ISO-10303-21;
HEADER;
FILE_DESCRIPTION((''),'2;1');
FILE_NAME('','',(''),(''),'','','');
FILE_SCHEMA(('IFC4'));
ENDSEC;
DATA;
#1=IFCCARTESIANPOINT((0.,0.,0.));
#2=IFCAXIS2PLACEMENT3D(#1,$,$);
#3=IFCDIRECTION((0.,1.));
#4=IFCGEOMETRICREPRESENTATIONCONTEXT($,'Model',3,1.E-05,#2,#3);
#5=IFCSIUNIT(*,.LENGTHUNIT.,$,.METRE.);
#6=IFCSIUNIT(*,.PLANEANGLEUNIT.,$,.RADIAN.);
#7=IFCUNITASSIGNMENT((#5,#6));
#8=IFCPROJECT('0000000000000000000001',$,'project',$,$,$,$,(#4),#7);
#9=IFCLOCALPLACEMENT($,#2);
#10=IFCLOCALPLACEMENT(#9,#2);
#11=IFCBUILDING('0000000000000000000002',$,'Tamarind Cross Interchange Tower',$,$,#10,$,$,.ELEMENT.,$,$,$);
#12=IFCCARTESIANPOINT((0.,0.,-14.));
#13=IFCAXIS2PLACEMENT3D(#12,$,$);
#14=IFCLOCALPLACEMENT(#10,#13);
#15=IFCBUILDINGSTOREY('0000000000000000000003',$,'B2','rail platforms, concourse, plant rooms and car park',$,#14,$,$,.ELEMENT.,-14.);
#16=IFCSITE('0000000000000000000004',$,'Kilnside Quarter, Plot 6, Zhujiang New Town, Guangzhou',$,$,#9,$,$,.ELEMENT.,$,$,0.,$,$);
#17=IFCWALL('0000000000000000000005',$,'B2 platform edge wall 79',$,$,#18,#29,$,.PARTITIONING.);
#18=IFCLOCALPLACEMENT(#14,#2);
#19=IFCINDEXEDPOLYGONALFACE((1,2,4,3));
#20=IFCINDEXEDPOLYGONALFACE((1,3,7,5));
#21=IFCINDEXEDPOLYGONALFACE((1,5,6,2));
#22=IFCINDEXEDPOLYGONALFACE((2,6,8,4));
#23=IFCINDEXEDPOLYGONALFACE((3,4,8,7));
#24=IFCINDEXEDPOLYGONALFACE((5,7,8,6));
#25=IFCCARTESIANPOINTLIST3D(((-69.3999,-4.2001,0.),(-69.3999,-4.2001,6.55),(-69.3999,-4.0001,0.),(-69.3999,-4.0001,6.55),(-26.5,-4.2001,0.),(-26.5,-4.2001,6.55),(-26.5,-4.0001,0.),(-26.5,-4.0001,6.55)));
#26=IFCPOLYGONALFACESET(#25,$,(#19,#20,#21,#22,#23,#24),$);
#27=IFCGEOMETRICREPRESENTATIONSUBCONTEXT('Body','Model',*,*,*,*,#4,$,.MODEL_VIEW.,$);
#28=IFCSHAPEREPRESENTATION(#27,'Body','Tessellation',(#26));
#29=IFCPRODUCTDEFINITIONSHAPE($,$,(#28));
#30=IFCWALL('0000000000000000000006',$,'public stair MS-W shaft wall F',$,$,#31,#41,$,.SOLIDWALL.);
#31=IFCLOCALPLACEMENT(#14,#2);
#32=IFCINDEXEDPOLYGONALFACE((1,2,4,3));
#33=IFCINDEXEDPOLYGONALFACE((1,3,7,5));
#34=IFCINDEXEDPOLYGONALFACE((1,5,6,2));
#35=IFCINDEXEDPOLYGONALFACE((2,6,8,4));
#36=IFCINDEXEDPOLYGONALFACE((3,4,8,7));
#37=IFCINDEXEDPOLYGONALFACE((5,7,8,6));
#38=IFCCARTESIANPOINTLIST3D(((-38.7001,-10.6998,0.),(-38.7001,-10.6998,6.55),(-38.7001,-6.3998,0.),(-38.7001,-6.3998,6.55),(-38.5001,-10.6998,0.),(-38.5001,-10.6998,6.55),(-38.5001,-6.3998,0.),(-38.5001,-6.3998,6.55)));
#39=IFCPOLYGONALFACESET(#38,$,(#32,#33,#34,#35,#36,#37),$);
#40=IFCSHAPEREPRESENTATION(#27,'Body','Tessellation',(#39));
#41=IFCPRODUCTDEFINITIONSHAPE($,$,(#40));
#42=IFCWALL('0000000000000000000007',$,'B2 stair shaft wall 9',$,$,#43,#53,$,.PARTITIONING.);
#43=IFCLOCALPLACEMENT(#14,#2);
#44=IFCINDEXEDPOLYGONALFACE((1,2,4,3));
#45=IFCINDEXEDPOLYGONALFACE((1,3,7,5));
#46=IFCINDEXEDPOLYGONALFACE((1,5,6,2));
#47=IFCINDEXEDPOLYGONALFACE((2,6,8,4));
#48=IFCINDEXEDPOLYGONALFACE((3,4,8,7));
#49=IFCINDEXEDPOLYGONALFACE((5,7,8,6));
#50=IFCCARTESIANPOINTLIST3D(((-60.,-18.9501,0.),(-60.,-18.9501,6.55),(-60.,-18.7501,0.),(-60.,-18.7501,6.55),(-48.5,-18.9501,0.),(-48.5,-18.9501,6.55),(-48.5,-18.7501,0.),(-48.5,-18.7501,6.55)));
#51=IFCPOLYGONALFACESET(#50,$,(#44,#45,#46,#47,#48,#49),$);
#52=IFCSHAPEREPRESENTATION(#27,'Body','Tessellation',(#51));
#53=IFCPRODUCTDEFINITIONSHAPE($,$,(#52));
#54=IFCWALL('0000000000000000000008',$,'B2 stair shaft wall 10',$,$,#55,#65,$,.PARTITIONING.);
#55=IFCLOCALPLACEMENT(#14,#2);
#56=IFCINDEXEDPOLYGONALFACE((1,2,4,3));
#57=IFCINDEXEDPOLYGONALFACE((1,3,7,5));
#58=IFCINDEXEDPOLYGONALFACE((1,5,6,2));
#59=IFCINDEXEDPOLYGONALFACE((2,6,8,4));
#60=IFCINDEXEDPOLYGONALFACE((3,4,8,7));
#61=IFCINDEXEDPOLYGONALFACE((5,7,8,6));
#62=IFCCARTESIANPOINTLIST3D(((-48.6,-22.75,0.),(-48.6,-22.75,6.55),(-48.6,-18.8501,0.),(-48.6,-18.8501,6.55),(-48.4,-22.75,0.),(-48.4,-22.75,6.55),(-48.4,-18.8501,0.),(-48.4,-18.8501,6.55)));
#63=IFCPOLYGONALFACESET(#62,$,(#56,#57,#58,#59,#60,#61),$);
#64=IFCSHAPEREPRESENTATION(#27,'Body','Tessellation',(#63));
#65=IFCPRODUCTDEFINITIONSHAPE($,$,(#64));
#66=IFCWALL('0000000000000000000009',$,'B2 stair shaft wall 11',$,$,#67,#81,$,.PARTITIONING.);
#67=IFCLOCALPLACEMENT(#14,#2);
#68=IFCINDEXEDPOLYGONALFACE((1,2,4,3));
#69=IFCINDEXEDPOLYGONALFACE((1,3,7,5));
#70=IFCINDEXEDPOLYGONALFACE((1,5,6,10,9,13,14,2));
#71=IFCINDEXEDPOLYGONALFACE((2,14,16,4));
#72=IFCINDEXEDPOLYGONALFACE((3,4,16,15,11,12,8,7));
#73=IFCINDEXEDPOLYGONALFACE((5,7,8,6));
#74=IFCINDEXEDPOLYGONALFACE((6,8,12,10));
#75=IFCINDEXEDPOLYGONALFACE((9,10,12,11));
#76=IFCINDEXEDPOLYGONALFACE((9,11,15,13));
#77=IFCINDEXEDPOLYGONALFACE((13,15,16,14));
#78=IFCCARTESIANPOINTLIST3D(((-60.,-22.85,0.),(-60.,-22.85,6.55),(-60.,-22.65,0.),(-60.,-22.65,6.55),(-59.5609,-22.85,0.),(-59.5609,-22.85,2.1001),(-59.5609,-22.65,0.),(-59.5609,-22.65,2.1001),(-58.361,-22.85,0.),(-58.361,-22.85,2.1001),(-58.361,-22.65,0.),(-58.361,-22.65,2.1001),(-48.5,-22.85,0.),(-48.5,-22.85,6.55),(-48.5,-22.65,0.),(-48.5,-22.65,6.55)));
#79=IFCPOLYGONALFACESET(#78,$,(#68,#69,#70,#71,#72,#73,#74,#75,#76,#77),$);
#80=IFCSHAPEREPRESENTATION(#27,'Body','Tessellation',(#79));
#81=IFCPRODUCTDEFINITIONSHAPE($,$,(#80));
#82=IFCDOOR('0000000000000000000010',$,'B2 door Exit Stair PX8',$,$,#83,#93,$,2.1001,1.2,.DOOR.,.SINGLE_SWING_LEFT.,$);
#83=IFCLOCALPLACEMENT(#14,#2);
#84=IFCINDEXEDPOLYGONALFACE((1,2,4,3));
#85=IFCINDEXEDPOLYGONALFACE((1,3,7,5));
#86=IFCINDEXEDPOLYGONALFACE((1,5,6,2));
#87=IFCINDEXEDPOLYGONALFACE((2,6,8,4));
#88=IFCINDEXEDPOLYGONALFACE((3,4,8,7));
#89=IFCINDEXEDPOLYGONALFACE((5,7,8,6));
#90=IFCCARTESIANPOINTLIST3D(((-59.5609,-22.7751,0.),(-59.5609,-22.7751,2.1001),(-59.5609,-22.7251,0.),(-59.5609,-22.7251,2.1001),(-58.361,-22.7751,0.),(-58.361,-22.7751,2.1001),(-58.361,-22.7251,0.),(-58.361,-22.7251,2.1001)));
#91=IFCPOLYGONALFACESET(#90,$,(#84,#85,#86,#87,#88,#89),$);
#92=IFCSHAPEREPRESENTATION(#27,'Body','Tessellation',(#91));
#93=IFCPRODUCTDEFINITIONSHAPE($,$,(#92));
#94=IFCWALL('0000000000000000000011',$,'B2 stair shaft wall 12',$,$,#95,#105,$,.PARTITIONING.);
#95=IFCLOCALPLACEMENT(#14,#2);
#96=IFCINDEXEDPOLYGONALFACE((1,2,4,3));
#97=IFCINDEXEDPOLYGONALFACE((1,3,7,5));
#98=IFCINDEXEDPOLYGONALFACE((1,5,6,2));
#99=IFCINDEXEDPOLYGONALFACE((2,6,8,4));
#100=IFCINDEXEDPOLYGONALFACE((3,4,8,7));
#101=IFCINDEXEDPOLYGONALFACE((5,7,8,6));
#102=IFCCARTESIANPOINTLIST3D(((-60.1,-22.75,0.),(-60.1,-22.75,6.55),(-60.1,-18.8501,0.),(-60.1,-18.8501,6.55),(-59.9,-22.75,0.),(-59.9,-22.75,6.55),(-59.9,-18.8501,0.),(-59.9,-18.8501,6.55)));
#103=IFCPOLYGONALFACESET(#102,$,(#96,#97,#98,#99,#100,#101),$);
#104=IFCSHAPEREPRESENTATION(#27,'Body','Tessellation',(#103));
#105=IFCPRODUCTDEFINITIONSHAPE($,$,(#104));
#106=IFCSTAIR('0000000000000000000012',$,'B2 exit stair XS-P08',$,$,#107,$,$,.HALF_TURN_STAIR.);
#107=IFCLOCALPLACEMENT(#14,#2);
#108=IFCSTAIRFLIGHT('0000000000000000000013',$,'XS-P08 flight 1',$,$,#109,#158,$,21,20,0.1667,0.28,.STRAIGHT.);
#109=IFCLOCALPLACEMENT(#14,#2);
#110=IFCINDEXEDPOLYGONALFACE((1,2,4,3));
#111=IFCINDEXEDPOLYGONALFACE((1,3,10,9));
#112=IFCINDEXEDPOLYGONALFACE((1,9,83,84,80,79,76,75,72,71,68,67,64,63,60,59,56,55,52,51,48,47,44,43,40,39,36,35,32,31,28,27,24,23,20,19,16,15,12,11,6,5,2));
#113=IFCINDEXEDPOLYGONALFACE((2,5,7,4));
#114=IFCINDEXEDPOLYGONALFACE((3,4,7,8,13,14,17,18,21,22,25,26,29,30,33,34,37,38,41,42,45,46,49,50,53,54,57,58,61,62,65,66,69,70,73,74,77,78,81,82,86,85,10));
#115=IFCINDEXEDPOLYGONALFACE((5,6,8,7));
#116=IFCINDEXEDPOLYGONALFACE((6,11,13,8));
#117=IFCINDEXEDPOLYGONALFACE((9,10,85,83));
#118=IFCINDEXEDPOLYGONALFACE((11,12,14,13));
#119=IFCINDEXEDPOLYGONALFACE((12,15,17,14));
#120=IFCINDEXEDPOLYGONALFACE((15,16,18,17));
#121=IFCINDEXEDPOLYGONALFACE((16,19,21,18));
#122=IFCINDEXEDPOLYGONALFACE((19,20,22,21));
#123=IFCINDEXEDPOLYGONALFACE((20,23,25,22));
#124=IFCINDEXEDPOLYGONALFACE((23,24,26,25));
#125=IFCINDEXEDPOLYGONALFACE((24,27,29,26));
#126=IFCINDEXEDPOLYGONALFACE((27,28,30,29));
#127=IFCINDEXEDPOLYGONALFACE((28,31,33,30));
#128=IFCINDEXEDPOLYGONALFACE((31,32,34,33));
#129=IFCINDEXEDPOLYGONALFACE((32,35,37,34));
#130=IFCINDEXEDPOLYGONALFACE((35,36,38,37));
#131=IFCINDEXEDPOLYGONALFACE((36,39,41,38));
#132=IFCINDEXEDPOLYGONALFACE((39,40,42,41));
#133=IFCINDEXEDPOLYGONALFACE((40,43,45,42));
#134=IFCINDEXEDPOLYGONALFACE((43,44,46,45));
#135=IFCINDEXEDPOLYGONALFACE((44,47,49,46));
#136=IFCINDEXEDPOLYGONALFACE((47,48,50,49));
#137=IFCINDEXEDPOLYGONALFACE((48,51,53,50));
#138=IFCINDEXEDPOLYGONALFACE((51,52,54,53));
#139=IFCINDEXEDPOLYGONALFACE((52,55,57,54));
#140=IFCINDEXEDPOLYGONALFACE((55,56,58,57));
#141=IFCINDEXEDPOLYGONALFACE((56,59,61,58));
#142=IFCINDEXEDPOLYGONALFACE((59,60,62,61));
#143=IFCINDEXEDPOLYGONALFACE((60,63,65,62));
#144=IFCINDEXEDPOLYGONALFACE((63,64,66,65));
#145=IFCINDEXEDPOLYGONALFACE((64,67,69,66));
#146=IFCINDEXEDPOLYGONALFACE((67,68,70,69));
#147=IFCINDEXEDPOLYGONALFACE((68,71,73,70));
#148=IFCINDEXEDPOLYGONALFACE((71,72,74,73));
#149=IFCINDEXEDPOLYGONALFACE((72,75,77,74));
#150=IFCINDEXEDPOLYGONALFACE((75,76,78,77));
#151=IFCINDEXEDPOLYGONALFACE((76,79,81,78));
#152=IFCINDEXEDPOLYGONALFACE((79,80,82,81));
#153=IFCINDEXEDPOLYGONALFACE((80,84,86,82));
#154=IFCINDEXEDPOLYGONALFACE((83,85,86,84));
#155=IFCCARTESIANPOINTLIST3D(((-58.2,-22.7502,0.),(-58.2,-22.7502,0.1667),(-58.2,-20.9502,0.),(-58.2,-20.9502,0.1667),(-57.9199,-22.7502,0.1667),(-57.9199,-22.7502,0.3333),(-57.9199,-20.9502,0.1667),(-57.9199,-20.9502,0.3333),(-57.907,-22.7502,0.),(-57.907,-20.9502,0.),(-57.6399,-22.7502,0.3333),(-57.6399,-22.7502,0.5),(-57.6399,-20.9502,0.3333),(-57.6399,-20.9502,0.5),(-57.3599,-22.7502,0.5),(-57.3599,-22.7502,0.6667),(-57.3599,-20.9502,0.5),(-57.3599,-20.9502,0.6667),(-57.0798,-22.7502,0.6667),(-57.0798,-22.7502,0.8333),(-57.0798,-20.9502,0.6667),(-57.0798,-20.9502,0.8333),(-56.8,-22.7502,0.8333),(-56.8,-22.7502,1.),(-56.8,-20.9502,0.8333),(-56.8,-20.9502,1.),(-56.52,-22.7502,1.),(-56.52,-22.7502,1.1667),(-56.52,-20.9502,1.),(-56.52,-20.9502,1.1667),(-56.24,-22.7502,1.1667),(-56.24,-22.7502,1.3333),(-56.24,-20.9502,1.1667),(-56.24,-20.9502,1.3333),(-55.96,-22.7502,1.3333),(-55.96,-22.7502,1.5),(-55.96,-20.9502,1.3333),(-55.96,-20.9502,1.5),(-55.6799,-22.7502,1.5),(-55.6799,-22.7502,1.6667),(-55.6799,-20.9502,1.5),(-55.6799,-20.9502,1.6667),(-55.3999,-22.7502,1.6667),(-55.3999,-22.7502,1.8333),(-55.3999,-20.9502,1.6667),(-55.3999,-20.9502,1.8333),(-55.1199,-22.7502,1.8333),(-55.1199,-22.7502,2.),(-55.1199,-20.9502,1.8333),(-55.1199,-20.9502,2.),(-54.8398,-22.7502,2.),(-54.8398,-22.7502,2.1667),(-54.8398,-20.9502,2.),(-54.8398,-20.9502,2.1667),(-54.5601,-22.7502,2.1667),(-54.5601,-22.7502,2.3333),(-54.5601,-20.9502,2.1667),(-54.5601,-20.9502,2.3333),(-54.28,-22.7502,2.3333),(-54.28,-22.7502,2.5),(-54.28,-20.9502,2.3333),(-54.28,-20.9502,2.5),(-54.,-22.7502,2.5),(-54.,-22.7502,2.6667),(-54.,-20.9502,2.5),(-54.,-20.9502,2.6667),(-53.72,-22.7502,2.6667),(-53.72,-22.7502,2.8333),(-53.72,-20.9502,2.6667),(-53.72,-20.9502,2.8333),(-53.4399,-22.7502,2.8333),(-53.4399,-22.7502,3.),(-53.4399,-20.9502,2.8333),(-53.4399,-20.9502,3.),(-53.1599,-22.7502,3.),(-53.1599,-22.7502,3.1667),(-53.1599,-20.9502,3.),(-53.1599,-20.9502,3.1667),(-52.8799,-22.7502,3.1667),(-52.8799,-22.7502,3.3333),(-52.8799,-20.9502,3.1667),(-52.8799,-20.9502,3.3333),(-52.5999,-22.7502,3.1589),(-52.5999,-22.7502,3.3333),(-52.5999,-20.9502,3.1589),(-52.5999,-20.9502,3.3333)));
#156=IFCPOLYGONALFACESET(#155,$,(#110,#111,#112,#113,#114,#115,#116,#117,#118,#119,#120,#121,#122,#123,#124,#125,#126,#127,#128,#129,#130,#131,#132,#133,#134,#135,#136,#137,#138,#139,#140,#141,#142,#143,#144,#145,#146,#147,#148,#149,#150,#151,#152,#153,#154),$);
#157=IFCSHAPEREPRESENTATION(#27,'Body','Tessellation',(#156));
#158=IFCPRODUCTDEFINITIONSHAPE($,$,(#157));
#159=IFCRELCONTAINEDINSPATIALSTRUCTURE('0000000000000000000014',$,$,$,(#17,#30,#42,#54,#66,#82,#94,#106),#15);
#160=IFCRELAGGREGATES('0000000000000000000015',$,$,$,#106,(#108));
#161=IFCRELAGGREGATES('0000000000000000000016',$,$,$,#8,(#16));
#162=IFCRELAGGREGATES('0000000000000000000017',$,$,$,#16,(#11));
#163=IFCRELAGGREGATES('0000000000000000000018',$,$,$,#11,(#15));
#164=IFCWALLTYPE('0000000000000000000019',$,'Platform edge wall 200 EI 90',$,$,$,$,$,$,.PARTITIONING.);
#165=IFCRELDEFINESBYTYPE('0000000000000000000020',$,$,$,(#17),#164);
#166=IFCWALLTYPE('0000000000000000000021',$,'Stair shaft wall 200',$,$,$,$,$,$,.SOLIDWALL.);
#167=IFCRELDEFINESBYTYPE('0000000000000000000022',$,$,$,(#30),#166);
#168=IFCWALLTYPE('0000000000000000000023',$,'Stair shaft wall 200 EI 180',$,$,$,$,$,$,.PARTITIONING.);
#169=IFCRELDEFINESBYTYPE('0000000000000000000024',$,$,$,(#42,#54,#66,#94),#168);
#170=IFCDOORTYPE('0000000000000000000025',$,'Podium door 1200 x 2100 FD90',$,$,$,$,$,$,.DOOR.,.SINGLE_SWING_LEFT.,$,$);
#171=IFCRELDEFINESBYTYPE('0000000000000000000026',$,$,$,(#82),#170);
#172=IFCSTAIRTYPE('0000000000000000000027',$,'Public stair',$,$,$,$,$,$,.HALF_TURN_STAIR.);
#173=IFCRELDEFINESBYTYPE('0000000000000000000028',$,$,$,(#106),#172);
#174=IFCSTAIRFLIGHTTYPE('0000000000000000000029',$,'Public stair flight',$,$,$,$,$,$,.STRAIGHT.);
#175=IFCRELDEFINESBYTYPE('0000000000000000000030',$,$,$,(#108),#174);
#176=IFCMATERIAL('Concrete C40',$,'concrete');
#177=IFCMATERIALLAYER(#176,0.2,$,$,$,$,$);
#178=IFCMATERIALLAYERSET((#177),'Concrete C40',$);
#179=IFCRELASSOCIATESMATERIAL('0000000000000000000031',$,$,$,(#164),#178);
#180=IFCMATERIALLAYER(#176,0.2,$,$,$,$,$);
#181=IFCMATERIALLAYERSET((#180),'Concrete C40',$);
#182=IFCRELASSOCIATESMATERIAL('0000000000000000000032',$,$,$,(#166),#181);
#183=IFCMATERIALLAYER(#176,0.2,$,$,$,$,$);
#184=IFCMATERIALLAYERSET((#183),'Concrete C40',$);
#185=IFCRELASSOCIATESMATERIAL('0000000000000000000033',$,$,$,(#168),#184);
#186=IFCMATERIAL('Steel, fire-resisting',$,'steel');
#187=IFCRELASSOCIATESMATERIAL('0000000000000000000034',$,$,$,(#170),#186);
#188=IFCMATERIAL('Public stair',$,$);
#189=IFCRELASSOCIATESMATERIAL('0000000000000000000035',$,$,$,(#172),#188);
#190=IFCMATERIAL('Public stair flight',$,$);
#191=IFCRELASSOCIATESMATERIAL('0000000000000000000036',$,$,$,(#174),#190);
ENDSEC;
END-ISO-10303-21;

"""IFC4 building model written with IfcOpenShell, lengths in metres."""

from ifc_helpers import new_model, si_unit, direction, frame, frame_2d, origin, place, context, subcontext, project, spatial, polyline, rectangle, outline, extrude, material, layer, layer_set, type_object, element, fill, aggregate, save


model = new_model("IFC4")

# Units and contexts
model_context = context("Model", 3, precision=1e-05, world=origin(), true_north=direction((0.0, 1.0)))
body_context = subcontext(model_context, "Body", "Model", "MODEL_VIEW")
ifc_project = project(units=[si_unit("LENGTHUNIT", "METRE"), si_unit("PLANEANGLEUNIT", "RADIAN")], contexts=[model_context])

# Site, building, storey
site_placement = place(None, origin())
site = spatial("IfcSite", under=ifc_project, at=site_placement, Name="Kilnside Quarter, Plot 6, Zhujiang New Town, Guangzhou", CompositionType="ELEMENT", RefElevation=0.0)
building_placement = place(site_placement, origin())
building = spatial("IfcBuilding", under=site, at=building_placement, Name="Tamarind Cross Interchange Tower", CompositionType="ELEMENT")
storey_placement = place(building_placement, frame((0.0, 0.0, -14.0)))
storey = spatial("IfcBuildingStorey", under=building, at=storey_placement, Name="B2", Description="rail platforms, concourse, plant rooms and car park", CompositionType="ELEMENT", Elevation=-14.0)

# Shared definitions
ifc_material_1 = material(Name="Steel, fire-resisting", Category="steel")

# Walls
ifc_material_2 = material(Name="Concrete C40", Category="concrete")
ifc_layer_1 = layer(ifc_material_2, 0.2)
ifc_layer_set_1 = layer_set([ifc_layer_1], Name="Concrete C40")
wall_type_1 = type_object("IfcWallType", Name="Platform edge wall 200 EI 90", PredefinedType="PARTITIONING", material=ifc_layer_set_1)
wall_1_placement = place(storey_placement, frame((-69.3999, -4.1001, 0.0), z_axis=(0.0, 0.0, 1.0), x_axis=(1.0, 0.0, 0.0)))
element("IfcWall", 1, at=wall_1_placement, inside=storey, type_object=wall_type_1, Name="B2 platform edge wall 79", PredefinedType="PARTITIONING", context=body_context, shape_type="SweptSolid", body=[
    extrude(rectangle(XDim=42.8999, YDim=0.2, at=frame_2d((21.45, 0.0))), origin(), (0.0, 0.0, 1.0), 6.55),
])
ifc_layer_2 = layer(ifc_material_2, 0.2)
ifc_layer_set_2 = layer_set([ifc_layer_2], Name="Concrete C40")
wall_type_2 = type_object("IfcWallType", Name="Stair shaft wall 200", PredefinedType="SOLIDWALL", material=ifc_layer_set_2)
wall_2_placement = place(storey_placement, frame((-38.6001, -6.3999, 0.0), z_axis=(0.0, 0.0, 1.0), x_axis=(0.0, -1.0, 0.0)))
element("IfcWall", 2, at=wall_2_placement, inside=storey, type_object=wall_type_2, Name="public stair MS-W shaft wall F", PredefinedType="SOLIDWALL", context=body_context, shape_type="SweptSolid", body=[
    extrude(rectangle(XDim=4.3, YDim=0.2, at=frame_2d((2.1499, 0.0))), origin(), (0.0, 0.0, 1.0), 6.55),
])
ifc_layer_3 = layer(ifc_material_2, 0.2)
ifc_layer_set_3 = layer_set([ifc_layer_3], Name="Concrete C40")
wall_type_3 = type_object("IfcWallType", Name="Stair shaft wall 200 EI 180", PredefinedType="PARTITIONING", material=ifc_layer_set_3)
wall_3_placement = place(storey_placement, frame((-60.0, -18.8501, 0.0), z_axis=(0.0, 0.0, 1.0), x_axis=(1.0, 0.0, 0.0)))
element("IfcWall", 3, at=wall_3_placement, inside=storey, type_object=wall_type_3, Name="B2 stair shaft wall 9", PredefinedType="PARTITIONING", context=body_context, shape_type="SweptSolid", body=[
    extrude(rectangle(XDim=11.5, YDim=0.2, at=frame_2d((5.75, 0.0))), origin(), (0.0, 0.0, 1.0), 6.55),
])
wall_4_placement = place(storey_placement, frame((-48.5, -22.75, 0.0), z_axis=(0.0, 0.0, 1.0), x_axis=(0.0, 1.0, 0.0)))
element("IfcWall", 4, at=wall_4_placement, inside=storey, type_object=wall_type_3, Name="B2 stair shaft wall 10", PredefinedType="PARTITIONING", context=body_context, shape_type="SweptSolid", body=[
    extrude(rectangle(XDim=3.8999, YDim=0.2, at=frame_2d((1.95, 0.0))), origin(), (0.0, 0.0, 1.0), 6.55),
])

# Wall, opening, door
wall_5_placement = place(storey_placement, frame((-60.0, -22.75, 0.0), z_axis=(0.0, 0.0, 1.0), x_axis=(1.0, 0.0, 0.0)))
wall_5 = element("IfcWall", 5, at=wall_5_placement, inside=storey, type_object=wall_type_3, Name="B2 stair shaft wall 11", PredefinedType="PARTITIONING", context=body_context, shape_type="SweptSolid", body=[
    extrude(rectangle(XDim=11.5, YDim=0.2, at=frame_2d((5.75, 0.0))), origin(), (0.0, 0.0, 1.0), 6.55),
])
opening_1_placement = place(wall_5_placement, frame((0.439, 0.0, 0.0)))
opening_1 = element("IfcOpeningElement", 6, at=opening_1_placement, cuts=wall_5, PredefinedType="OPENING", context=body_context, shape_type="SweptSolid", body=[
    extrude(rectangle(XDim=1.2, YDim=2.1001, at=frame_2d((0.6001, 1.05))), frame((0.0, 0.1099, 0.0), z_axis=(0.0, -1.0, 0.0), x_axis=(1.0, 0.0, 0.0)), (0.0, 0.0, 1.0), 0.22),
])
door_type_1 = type_object("IfcDoorType", Name="Podium door 1200 x 2100 FD90", OperationType="SINGLE_SWING_LEFT", PredefinedType="DOOR", material=ifc_material_1)
door_1_placement = place(opening_1_placement, origin())
door_1 = element("IfcDoor", 7, at=door_1_placement, inside=storey, type_object=door_type_1, Name="B2 door Exit Stair PX8", OperationType="SINGLE_SWING_LEFT", OverallHeight=2.1001, OverallWidth=1.2, PredefinedType="DOOR", context=body_context, shape_type="SweptSolid", body=[
    extrude(rectangle(XDim=1.2, YDim=2.1001, at=frame_2d((0.6001, 1.05))), frame((0.0, 0.0249, 0.0), z_axis=(0.0, -1.0, 0.0), x_axis=(1.0, 0.0, 0.0)), (0.0, 0.0, 1.0), 0.05),
])
fill(opening_1, door_1)

# Wall
wall_6_placement = place(storey_placement, frame((-60.0, -22.75, 0.0), z_axis=(0.0, 0.0, 1.0), x_axis=(0.0, 1.0, 0.0)))
element("IfcWall", 8, at=wall_6_placement, inside=storey, type_object=wall_type_3, Name="B2 stair shaft wall 12", PredefinedType="PARTITIONING", context=body_context, shape_type="SweptSolid", body=[
    extrude(rectangle(XDim=3.8999, YDim=0.2, at=frame_2d((1.95, 0.0))), origin(), (0.0, 0.0, 1.0), 6.55),
])

# Stair, stair flight
ifc_material_3 = material(Name="Public stair")
stair_type = type_object("IfcStairType", Name="Public stair", PredefinedType="HALF_TURN_STAIR", material=ifc_material_3)
stair_placement = place(storey_placement, origin())
stair = element("IfcStair", 9, at=stair_placement, inside=storey, type_object=stair_type, Name="B2 exit stair XS-P08", PredefinedType="HALF_TURN_STAIR")
ifc_material_4 = material(Name="Public stair flight")
stair_flight_type = type_object("IfcStairFlightType", Name="Public stair flight", PredefinedType="STRAIGHT", material=ifc_material_4)
stair_flight_1_placement = place(storey_placement, frame((-58.2, -21.8501, 0.0), z_axis=(0.0, 0.0, 1.0), x_axis=(1.0, 0.0, 0.0)))
stair_flight_1 = element("IfcStairFlight", 10, at=stair_flight_1_placement, type_object=stair_flight_type, Name="XS-P08 flight 1", NumberOfRisers=21, NumberOfTreads=20, PredefinedType="STRAIGHT", RiserHeight=0.1667, TreadLength=0.28, context=body_context, shape_type="SweptSolid", body=[
    extrude(outline(polyline([(0.0, 0.0), (0.0, 0.1667), (0.28, 0.1667), (0.28, 0.3333), (0.5601, 0.3333), (0.5601, 0.5), (0.8401, 0.5), (0.8401, 0.6667), (1.1201, 0.6667), (1.1201, 0.8333), (1.3999, 0.8333), (1.3999, 1.0), (1.6799, 1.0), (1.6799, 1.1667), (1.96, 1.1667), (1.96, 1.3333), (2.24, 1.3333), (2.24, 1.5), (2.52, 1.5), (2.52, 1.6667), (2.8, 1.6667), (2.8, 1.8333), (3.0801, 1.8333), (3.0801, 2.0), (3.3601, 2.0), (3.3601, 2.1667), (3.6399, 2.1667), (3.6399, 2.3333), (3.9199, 2.3333), (3.9199, 2.5), (4.2, 2.5), (4.2, 2.6667), (4.48, 2.6667), (4.48, 2.8333), (4.76, 2.8333), (4.76, 3.0), (5.04, 3.0), (5.04, 3.1667), (5.3201, 3.1667), (5.3201, 3.3333), (5.6001, 3.3333), (5.6001, 3.5), (5.6001, 3.1589), (0.293, 0.0), (0.0, 0.0)])), frame((0.0, 0.8999, 0.0), z_axis=(0.0, -1.0, 0.0), x_axis=(1.0, 0.0, 0.0)), (0.0, 0.0, 1.0), 1.8),
])
aggregate(stair, [stair_flight_1])

save(model, "model.ifc")
